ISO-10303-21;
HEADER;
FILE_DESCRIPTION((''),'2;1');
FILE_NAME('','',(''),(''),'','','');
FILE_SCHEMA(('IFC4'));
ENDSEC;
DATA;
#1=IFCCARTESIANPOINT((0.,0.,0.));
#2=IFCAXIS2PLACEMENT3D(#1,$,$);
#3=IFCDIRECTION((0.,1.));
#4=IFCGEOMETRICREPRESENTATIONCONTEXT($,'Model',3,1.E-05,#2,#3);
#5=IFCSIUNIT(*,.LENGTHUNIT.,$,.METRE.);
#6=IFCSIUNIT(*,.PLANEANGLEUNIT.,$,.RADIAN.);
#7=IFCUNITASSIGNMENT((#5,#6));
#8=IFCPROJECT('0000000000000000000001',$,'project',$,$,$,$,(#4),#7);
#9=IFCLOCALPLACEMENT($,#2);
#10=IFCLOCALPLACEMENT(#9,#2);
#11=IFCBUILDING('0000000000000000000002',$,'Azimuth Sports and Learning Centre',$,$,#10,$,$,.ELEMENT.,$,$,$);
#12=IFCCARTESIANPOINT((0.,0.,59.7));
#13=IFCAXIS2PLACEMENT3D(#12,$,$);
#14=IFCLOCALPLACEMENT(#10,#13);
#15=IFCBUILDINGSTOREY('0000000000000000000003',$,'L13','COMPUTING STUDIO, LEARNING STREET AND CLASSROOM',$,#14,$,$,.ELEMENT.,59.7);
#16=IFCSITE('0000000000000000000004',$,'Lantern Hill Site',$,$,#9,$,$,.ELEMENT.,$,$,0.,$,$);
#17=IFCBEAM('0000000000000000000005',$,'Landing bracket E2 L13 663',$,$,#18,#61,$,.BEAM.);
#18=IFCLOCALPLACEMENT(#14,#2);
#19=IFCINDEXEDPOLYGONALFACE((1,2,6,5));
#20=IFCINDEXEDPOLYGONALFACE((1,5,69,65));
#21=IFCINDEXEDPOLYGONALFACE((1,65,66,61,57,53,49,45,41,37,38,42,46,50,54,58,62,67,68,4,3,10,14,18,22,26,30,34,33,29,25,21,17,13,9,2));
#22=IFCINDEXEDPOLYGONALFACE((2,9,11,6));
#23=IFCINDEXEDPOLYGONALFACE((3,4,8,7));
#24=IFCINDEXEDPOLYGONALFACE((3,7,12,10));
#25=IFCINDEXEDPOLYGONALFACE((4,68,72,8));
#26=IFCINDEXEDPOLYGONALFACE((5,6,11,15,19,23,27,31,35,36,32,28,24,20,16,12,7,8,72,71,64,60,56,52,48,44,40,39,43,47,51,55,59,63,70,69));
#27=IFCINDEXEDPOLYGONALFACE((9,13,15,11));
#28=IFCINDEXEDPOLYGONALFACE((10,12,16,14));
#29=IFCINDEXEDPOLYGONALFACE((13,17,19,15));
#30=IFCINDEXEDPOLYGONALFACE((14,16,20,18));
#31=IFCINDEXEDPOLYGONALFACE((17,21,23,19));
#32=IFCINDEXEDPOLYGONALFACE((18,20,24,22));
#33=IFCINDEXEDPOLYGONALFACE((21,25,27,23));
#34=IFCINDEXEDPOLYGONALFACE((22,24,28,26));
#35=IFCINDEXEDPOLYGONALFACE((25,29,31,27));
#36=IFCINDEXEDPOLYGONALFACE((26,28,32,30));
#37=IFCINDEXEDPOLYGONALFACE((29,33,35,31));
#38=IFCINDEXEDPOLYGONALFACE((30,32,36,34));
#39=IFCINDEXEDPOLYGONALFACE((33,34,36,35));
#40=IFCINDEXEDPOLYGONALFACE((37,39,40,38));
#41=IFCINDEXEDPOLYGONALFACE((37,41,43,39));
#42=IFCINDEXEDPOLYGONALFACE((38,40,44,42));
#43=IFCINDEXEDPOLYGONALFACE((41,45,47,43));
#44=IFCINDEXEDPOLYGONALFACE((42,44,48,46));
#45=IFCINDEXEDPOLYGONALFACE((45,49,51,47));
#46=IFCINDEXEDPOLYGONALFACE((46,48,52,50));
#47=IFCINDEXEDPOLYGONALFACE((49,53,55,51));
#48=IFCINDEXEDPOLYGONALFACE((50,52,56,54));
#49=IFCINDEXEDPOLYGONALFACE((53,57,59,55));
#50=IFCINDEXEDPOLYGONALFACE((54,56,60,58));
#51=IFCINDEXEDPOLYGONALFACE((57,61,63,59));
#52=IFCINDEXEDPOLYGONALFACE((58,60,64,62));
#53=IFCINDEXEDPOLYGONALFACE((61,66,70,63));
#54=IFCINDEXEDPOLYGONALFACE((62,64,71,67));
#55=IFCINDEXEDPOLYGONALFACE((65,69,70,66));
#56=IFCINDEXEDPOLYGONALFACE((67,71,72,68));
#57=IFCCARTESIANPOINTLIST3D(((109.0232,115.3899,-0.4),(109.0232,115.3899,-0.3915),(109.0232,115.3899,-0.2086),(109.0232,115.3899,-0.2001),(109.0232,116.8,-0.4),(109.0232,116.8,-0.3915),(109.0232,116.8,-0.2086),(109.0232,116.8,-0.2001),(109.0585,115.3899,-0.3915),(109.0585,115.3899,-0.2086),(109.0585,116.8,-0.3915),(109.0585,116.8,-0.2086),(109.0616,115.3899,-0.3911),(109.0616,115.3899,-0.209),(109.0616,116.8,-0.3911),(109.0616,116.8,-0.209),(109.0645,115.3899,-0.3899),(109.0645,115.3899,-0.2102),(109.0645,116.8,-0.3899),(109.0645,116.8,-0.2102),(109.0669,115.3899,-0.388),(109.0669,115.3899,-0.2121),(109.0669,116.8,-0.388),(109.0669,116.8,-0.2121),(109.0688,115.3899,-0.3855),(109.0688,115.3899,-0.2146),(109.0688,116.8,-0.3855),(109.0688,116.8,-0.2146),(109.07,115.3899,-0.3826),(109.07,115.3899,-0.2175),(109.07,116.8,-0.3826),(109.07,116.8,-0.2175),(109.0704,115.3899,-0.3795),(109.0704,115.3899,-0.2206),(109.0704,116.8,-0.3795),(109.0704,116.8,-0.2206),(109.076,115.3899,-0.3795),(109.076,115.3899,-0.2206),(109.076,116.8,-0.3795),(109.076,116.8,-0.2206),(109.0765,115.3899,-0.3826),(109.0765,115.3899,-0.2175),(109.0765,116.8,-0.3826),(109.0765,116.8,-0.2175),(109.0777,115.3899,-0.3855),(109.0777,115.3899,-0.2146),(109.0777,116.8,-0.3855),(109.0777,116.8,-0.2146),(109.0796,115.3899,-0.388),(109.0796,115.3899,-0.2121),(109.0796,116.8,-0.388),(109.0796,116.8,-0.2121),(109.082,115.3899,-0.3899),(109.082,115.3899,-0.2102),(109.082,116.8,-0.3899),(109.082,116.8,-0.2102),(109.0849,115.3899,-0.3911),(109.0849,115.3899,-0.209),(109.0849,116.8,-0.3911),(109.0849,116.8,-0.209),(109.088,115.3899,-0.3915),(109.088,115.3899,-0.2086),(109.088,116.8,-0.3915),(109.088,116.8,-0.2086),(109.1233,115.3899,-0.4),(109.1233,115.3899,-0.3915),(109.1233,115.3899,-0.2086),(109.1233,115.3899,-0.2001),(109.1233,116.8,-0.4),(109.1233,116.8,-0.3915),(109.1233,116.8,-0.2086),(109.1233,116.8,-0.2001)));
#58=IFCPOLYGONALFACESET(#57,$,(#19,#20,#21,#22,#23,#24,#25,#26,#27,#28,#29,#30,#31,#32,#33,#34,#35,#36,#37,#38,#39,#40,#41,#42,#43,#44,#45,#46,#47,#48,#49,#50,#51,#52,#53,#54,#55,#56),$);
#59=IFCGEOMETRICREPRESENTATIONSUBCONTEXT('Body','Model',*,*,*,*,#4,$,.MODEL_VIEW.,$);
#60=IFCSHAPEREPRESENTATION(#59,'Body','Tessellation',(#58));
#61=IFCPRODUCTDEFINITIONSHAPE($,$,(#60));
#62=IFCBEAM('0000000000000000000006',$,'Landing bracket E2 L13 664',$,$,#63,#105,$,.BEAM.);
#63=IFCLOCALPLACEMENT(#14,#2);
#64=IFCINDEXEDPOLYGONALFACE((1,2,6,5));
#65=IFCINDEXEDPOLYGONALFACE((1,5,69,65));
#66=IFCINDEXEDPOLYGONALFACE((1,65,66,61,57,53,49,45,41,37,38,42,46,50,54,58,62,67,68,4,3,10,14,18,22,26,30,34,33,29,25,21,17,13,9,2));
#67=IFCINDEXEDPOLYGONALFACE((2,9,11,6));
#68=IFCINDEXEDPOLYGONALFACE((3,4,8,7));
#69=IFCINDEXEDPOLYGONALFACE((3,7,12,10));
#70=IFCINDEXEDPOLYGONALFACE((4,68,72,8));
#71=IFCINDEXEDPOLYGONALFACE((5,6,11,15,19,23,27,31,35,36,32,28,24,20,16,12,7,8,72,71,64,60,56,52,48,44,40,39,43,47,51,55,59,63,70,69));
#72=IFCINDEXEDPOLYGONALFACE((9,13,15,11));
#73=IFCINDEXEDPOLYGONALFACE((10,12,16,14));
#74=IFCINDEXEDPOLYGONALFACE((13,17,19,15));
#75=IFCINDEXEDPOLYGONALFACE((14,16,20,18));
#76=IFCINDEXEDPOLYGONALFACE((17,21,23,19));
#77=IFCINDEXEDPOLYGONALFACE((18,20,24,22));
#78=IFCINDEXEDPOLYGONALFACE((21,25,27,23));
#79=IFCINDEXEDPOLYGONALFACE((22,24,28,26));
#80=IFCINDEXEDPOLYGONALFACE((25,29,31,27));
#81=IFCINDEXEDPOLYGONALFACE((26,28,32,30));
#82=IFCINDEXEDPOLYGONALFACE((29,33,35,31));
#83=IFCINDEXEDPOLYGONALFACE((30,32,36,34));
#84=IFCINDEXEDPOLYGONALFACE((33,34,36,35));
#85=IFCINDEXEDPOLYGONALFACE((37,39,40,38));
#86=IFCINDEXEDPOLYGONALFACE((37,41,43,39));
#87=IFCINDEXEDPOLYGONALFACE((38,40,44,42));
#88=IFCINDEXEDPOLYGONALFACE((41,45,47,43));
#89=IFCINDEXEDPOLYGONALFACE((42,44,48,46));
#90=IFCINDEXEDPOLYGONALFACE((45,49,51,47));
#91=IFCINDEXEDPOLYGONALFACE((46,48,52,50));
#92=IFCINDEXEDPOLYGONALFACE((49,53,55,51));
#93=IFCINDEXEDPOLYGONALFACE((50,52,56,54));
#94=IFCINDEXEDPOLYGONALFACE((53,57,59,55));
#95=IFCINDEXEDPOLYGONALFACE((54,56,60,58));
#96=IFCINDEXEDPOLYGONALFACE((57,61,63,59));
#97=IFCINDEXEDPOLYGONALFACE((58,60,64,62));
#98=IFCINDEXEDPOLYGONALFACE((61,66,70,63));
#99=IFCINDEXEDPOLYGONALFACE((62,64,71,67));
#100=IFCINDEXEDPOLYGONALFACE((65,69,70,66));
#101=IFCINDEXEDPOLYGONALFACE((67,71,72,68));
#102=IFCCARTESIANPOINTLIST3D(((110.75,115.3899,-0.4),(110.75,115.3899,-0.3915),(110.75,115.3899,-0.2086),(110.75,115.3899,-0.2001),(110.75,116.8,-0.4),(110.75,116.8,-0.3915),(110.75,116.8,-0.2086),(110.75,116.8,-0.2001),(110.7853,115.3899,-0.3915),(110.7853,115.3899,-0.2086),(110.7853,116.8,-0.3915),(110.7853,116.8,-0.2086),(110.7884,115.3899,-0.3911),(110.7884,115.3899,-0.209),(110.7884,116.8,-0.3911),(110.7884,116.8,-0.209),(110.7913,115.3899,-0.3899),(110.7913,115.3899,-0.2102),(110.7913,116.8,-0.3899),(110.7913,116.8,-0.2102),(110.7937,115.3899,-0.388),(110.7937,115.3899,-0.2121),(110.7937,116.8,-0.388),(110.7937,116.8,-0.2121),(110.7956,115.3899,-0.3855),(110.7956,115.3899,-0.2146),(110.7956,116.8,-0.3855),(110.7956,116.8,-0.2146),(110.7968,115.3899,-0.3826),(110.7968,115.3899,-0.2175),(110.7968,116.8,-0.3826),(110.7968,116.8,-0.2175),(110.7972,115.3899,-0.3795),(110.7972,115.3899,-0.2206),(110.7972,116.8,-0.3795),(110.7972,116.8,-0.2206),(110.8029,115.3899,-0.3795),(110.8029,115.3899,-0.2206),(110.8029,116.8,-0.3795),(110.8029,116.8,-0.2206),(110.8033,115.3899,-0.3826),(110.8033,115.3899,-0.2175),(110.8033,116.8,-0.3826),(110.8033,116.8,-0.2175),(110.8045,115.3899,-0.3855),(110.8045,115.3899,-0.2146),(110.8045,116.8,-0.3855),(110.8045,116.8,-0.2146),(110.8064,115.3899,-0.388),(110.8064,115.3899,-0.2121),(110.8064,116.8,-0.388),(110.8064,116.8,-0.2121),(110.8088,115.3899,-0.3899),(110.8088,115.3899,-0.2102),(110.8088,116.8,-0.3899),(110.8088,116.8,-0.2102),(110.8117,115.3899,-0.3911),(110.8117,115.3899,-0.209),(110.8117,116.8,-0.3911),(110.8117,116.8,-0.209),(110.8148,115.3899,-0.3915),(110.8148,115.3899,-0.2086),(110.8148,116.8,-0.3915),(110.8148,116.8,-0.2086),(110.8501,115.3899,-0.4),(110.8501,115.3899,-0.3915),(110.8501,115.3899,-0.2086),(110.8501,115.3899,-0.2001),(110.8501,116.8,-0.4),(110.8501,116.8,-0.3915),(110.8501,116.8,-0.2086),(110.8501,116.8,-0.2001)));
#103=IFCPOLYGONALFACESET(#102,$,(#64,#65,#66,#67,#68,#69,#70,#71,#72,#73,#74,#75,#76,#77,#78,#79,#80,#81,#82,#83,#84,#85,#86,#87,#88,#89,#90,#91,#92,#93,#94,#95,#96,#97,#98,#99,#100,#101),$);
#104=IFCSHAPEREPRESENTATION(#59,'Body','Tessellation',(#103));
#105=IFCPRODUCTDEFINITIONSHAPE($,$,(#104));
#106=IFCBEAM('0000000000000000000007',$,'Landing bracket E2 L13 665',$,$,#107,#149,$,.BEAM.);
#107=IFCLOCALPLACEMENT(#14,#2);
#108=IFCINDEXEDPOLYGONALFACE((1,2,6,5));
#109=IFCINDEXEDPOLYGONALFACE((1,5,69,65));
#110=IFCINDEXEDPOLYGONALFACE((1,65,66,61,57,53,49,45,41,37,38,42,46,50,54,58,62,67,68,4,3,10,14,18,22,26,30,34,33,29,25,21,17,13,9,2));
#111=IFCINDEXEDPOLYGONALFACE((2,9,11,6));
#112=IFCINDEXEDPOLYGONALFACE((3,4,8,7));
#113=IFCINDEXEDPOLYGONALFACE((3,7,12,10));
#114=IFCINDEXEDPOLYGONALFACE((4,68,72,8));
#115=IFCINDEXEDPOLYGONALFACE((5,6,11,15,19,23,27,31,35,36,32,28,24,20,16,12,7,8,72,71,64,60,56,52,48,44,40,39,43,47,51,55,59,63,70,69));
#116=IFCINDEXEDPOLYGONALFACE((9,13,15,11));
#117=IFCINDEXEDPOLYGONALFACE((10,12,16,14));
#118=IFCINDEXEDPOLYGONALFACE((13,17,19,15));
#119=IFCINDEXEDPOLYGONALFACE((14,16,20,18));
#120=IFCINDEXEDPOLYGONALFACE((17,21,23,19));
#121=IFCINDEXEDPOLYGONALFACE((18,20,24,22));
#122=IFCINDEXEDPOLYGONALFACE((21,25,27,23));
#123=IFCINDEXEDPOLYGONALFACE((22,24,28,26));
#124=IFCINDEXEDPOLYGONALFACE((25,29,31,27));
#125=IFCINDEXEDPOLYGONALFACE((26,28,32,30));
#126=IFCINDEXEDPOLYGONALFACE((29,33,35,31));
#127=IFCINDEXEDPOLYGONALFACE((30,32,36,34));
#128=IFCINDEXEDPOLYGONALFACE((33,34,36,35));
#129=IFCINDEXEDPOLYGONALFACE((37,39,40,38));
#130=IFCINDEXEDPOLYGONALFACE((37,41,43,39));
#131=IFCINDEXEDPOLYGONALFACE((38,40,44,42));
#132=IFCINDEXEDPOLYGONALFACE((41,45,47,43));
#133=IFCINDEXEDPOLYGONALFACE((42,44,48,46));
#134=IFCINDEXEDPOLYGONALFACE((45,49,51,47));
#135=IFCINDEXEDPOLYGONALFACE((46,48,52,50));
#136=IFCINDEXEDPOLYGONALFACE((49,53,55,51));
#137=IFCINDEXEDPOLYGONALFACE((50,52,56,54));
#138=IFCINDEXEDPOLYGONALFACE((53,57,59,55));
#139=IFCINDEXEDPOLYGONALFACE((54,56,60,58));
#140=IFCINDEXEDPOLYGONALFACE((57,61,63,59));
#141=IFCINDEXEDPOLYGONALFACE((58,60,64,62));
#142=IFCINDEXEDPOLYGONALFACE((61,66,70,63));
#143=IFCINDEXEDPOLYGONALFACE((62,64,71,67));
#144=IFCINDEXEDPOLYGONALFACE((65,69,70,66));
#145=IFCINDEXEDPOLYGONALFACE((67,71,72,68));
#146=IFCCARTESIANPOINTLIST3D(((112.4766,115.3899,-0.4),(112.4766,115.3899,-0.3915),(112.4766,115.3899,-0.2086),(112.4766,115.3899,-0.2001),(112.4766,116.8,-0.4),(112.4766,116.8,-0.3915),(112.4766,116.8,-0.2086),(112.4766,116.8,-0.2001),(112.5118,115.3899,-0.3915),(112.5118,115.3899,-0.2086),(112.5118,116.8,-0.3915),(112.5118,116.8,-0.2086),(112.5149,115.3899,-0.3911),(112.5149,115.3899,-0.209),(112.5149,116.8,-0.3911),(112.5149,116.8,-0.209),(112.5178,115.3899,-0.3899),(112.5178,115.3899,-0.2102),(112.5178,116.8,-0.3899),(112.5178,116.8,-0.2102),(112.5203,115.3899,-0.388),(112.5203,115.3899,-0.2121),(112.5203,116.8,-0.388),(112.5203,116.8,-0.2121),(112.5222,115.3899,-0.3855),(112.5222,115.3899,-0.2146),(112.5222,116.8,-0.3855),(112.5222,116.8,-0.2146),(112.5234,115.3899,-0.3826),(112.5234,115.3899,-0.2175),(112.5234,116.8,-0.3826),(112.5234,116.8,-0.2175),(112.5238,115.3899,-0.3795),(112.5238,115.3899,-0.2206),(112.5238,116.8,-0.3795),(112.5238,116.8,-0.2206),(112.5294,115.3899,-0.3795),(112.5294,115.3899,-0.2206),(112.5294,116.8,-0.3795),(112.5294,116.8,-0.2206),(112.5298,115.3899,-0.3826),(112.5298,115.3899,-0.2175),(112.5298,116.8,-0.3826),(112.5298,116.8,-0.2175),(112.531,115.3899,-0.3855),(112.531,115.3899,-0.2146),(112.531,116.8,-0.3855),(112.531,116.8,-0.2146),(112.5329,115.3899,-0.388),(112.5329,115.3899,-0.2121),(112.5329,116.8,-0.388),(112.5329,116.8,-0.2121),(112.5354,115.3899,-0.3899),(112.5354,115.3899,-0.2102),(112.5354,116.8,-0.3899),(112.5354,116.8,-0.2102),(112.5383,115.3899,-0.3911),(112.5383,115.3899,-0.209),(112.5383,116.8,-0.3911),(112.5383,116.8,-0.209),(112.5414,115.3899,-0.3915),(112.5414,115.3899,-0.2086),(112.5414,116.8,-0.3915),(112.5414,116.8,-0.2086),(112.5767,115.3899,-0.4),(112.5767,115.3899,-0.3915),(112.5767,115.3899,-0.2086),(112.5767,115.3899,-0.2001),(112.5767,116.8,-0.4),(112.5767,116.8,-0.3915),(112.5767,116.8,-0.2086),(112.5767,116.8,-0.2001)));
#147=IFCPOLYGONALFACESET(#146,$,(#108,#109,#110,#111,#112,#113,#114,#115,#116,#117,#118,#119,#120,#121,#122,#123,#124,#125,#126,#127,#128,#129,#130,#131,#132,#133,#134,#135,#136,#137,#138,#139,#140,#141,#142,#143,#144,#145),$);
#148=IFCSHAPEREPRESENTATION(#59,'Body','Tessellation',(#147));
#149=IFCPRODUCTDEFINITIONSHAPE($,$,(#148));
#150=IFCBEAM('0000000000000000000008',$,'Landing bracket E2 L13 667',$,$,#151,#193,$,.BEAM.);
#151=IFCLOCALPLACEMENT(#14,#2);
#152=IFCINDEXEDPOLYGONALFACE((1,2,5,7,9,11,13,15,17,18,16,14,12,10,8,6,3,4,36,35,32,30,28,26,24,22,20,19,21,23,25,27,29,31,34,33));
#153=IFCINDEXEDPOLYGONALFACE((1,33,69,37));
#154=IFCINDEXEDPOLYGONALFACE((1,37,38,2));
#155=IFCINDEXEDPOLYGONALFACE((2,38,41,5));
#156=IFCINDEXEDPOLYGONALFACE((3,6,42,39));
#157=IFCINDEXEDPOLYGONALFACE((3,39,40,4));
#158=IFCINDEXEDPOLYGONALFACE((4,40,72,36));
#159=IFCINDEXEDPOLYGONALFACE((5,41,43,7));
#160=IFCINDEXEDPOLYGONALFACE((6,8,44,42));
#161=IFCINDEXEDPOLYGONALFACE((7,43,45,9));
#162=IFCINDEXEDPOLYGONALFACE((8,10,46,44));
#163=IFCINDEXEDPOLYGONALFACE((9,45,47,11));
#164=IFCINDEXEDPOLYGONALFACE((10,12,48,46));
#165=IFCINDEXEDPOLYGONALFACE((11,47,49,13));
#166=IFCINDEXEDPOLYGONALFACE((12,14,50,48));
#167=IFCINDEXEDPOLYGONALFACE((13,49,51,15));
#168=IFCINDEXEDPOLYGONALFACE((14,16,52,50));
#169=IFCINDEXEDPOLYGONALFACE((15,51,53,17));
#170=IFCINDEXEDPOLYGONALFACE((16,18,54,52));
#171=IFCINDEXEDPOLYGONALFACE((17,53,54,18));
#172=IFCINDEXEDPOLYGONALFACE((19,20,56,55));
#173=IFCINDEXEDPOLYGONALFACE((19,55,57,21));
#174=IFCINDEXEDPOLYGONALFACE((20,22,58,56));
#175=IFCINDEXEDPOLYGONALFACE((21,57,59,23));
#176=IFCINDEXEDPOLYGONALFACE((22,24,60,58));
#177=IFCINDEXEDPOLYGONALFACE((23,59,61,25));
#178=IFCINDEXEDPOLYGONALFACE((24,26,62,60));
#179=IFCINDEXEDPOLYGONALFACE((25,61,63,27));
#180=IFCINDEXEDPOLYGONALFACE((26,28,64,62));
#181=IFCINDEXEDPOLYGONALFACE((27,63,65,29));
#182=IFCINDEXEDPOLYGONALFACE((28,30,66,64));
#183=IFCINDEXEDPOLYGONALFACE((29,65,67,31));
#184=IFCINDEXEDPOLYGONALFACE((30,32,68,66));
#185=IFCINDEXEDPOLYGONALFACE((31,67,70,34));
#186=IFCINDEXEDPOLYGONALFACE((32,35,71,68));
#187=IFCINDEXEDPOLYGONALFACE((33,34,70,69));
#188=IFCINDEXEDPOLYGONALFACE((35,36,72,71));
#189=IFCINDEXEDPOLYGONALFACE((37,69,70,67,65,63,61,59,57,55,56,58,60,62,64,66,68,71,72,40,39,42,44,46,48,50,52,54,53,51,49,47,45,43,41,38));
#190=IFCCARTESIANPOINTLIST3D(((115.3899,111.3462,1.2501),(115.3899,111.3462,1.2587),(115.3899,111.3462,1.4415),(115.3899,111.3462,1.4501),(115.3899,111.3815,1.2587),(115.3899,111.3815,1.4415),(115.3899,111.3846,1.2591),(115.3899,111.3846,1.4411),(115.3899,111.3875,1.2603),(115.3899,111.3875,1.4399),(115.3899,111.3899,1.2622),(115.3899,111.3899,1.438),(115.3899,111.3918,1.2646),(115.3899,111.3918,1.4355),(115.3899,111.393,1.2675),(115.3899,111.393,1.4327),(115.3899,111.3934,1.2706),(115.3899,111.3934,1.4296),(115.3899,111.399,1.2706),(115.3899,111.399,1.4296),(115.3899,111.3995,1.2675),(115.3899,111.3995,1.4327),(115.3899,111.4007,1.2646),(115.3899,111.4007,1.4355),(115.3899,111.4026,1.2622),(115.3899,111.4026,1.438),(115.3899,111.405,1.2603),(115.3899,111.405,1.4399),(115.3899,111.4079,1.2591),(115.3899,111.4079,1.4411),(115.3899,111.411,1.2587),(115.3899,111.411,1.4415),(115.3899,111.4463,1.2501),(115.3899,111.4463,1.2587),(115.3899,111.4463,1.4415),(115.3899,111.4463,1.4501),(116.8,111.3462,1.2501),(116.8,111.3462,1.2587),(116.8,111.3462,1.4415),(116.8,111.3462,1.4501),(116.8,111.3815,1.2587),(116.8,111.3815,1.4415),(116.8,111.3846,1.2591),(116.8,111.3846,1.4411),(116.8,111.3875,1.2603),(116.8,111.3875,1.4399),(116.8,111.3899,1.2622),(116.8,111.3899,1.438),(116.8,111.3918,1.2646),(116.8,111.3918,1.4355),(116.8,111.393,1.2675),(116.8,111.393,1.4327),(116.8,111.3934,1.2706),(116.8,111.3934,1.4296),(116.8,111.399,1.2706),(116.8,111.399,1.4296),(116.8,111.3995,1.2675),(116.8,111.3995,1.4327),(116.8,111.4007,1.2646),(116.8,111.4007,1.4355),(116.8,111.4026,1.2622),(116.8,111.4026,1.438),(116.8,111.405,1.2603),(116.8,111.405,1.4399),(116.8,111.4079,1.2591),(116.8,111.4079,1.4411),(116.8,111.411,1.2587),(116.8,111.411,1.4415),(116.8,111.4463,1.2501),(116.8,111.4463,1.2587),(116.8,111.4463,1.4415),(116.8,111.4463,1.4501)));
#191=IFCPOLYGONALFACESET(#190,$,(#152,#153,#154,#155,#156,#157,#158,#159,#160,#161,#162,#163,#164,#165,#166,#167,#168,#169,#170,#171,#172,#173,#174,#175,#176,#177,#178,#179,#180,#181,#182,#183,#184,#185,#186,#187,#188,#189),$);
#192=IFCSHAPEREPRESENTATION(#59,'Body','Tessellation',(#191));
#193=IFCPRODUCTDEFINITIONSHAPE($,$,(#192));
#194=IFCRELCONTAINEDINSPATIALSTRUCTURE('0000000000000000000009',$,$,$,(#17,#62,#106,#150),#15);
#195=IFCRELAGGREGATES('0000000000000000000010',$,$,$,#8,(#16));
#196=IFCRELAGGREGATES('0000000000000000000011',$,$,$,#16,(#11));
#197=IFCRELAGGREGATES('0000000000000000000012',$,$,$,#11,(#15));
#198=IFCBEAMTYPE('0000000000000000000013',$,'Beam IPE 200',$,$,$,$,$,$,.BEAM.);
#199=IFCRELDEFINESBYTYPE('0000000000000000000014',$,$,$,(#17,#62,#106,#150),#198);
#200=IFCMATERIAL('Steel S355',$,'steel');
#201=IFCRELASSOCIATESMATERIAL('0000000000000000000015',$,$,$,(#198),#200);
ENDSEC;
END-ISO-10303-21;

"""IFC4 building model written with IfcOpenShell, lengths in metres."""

from ifc_helpers import new_model, si_unit, direction, frame, origin, origin_2d, place, context, subcontext, project, spatial, i_section, extrude, material, material_profile, profile_set, type_object, element, save


model = new_model("IFC4")

# Units and contexts
model_context = context("Model", 3, precision=1e-05, world=origin(), true_north=direction((0.0, 1.0)))
body_context = subcontext(model_context, "Body", "Model", "MODEL_VIEW")
ifc_project = project(units=[si_unit("LENGTHUNIT", "METRE"), si_unit("PLANEANGLEUNIT", "RADIAN")], contexts=[model_context])

# Site, building, storey
site_placement = place(None, origin())
site = spatial("IfcSite", under=ifc_project, at=site_placement, Name="Lantern Hill Site", CompositionType="ELEMENT", RefElevation=0.0)
building_placement = place(site_placement, origin())
building = spatial("IfcBuilding", under=site, at=building_placement, Name="Azimuth Sports and Learning Centre", CompositionType="ELEMENT")
storey_placement = place(building_placement, frame((0.0, 0.0, 59.7)))
storey = spatial("IfcBuildingStorey", under=building, at=storey_placement, Name="L13", Description="COMPUTING STUDIO, LEARNING STREET AND CLASSROOM", CompositionType="ELEMENT", Elevation=59.7)

# Beams
ifc_material_1 = material(Name="Steel S355", Category="steel")
ifc_material_profile_1 = material_profile(ifc_material_1, i_section(OverallWidth=0.1001, OverallDepth=0.2, WebThickness=0.0056, FlangeThickness=0.0085, FilletRadius=0.012, at=origin_2d()), Name="IPE 200")
ifc_profile_set_1 = profile_set([ifc_material_profile_1], Name="Steel S355")
beam_type_1 = type_object("IfcBeamType", Name="Beam IPE 200", PredefinedType="BEAM", material=ifc_profile_set_1)
for number, where, z_axis, x_axis, name in (
    (1, (109.0732, 116.8, -0.3), (0.0, -1.0, 0.0), (1.0, 0.0, 0.0), "Landing bracket E2 L13 663"),
    (2, (110.8, 116.8, -0.3), (0.0, -1.0, 0.0), (1.0, 0.0, 0.0), "Landing bracket E2 L13 664"),
    (3, (112.5266, 116.8, -0.3), (0.0, -1.0, 0.0), (1.0, 0.0, 0.0), "Landing bracket E2 L13 665"),
    (4, (116.8, 111.3962, 1.3501), (-1.0, 0.0, 0.0), (0.0, -1.0, 0.0), "Landing bracket E2 L13 667"),
):
    element("IfcBeam", number, at=place(storey_placement, frame(where, z_axis=z_axis, x_axis=x_axis)), inside=storey, type_object=beam_type_1, Name=name, PredefinedType="BEAM", context=body_context, shape_type="SweptSolid", body=[
        extrude(i_section(OverallWidth=0.1001, OverallDepth=0.2, WebThickness=0.0056, FlangeThickness=0.0085, FilletRadius=0.012, at=origin_2d()), origin(), (0.0, 0.0, 1.0), 1.4102),
    ])

save(model, "model.ifc")
